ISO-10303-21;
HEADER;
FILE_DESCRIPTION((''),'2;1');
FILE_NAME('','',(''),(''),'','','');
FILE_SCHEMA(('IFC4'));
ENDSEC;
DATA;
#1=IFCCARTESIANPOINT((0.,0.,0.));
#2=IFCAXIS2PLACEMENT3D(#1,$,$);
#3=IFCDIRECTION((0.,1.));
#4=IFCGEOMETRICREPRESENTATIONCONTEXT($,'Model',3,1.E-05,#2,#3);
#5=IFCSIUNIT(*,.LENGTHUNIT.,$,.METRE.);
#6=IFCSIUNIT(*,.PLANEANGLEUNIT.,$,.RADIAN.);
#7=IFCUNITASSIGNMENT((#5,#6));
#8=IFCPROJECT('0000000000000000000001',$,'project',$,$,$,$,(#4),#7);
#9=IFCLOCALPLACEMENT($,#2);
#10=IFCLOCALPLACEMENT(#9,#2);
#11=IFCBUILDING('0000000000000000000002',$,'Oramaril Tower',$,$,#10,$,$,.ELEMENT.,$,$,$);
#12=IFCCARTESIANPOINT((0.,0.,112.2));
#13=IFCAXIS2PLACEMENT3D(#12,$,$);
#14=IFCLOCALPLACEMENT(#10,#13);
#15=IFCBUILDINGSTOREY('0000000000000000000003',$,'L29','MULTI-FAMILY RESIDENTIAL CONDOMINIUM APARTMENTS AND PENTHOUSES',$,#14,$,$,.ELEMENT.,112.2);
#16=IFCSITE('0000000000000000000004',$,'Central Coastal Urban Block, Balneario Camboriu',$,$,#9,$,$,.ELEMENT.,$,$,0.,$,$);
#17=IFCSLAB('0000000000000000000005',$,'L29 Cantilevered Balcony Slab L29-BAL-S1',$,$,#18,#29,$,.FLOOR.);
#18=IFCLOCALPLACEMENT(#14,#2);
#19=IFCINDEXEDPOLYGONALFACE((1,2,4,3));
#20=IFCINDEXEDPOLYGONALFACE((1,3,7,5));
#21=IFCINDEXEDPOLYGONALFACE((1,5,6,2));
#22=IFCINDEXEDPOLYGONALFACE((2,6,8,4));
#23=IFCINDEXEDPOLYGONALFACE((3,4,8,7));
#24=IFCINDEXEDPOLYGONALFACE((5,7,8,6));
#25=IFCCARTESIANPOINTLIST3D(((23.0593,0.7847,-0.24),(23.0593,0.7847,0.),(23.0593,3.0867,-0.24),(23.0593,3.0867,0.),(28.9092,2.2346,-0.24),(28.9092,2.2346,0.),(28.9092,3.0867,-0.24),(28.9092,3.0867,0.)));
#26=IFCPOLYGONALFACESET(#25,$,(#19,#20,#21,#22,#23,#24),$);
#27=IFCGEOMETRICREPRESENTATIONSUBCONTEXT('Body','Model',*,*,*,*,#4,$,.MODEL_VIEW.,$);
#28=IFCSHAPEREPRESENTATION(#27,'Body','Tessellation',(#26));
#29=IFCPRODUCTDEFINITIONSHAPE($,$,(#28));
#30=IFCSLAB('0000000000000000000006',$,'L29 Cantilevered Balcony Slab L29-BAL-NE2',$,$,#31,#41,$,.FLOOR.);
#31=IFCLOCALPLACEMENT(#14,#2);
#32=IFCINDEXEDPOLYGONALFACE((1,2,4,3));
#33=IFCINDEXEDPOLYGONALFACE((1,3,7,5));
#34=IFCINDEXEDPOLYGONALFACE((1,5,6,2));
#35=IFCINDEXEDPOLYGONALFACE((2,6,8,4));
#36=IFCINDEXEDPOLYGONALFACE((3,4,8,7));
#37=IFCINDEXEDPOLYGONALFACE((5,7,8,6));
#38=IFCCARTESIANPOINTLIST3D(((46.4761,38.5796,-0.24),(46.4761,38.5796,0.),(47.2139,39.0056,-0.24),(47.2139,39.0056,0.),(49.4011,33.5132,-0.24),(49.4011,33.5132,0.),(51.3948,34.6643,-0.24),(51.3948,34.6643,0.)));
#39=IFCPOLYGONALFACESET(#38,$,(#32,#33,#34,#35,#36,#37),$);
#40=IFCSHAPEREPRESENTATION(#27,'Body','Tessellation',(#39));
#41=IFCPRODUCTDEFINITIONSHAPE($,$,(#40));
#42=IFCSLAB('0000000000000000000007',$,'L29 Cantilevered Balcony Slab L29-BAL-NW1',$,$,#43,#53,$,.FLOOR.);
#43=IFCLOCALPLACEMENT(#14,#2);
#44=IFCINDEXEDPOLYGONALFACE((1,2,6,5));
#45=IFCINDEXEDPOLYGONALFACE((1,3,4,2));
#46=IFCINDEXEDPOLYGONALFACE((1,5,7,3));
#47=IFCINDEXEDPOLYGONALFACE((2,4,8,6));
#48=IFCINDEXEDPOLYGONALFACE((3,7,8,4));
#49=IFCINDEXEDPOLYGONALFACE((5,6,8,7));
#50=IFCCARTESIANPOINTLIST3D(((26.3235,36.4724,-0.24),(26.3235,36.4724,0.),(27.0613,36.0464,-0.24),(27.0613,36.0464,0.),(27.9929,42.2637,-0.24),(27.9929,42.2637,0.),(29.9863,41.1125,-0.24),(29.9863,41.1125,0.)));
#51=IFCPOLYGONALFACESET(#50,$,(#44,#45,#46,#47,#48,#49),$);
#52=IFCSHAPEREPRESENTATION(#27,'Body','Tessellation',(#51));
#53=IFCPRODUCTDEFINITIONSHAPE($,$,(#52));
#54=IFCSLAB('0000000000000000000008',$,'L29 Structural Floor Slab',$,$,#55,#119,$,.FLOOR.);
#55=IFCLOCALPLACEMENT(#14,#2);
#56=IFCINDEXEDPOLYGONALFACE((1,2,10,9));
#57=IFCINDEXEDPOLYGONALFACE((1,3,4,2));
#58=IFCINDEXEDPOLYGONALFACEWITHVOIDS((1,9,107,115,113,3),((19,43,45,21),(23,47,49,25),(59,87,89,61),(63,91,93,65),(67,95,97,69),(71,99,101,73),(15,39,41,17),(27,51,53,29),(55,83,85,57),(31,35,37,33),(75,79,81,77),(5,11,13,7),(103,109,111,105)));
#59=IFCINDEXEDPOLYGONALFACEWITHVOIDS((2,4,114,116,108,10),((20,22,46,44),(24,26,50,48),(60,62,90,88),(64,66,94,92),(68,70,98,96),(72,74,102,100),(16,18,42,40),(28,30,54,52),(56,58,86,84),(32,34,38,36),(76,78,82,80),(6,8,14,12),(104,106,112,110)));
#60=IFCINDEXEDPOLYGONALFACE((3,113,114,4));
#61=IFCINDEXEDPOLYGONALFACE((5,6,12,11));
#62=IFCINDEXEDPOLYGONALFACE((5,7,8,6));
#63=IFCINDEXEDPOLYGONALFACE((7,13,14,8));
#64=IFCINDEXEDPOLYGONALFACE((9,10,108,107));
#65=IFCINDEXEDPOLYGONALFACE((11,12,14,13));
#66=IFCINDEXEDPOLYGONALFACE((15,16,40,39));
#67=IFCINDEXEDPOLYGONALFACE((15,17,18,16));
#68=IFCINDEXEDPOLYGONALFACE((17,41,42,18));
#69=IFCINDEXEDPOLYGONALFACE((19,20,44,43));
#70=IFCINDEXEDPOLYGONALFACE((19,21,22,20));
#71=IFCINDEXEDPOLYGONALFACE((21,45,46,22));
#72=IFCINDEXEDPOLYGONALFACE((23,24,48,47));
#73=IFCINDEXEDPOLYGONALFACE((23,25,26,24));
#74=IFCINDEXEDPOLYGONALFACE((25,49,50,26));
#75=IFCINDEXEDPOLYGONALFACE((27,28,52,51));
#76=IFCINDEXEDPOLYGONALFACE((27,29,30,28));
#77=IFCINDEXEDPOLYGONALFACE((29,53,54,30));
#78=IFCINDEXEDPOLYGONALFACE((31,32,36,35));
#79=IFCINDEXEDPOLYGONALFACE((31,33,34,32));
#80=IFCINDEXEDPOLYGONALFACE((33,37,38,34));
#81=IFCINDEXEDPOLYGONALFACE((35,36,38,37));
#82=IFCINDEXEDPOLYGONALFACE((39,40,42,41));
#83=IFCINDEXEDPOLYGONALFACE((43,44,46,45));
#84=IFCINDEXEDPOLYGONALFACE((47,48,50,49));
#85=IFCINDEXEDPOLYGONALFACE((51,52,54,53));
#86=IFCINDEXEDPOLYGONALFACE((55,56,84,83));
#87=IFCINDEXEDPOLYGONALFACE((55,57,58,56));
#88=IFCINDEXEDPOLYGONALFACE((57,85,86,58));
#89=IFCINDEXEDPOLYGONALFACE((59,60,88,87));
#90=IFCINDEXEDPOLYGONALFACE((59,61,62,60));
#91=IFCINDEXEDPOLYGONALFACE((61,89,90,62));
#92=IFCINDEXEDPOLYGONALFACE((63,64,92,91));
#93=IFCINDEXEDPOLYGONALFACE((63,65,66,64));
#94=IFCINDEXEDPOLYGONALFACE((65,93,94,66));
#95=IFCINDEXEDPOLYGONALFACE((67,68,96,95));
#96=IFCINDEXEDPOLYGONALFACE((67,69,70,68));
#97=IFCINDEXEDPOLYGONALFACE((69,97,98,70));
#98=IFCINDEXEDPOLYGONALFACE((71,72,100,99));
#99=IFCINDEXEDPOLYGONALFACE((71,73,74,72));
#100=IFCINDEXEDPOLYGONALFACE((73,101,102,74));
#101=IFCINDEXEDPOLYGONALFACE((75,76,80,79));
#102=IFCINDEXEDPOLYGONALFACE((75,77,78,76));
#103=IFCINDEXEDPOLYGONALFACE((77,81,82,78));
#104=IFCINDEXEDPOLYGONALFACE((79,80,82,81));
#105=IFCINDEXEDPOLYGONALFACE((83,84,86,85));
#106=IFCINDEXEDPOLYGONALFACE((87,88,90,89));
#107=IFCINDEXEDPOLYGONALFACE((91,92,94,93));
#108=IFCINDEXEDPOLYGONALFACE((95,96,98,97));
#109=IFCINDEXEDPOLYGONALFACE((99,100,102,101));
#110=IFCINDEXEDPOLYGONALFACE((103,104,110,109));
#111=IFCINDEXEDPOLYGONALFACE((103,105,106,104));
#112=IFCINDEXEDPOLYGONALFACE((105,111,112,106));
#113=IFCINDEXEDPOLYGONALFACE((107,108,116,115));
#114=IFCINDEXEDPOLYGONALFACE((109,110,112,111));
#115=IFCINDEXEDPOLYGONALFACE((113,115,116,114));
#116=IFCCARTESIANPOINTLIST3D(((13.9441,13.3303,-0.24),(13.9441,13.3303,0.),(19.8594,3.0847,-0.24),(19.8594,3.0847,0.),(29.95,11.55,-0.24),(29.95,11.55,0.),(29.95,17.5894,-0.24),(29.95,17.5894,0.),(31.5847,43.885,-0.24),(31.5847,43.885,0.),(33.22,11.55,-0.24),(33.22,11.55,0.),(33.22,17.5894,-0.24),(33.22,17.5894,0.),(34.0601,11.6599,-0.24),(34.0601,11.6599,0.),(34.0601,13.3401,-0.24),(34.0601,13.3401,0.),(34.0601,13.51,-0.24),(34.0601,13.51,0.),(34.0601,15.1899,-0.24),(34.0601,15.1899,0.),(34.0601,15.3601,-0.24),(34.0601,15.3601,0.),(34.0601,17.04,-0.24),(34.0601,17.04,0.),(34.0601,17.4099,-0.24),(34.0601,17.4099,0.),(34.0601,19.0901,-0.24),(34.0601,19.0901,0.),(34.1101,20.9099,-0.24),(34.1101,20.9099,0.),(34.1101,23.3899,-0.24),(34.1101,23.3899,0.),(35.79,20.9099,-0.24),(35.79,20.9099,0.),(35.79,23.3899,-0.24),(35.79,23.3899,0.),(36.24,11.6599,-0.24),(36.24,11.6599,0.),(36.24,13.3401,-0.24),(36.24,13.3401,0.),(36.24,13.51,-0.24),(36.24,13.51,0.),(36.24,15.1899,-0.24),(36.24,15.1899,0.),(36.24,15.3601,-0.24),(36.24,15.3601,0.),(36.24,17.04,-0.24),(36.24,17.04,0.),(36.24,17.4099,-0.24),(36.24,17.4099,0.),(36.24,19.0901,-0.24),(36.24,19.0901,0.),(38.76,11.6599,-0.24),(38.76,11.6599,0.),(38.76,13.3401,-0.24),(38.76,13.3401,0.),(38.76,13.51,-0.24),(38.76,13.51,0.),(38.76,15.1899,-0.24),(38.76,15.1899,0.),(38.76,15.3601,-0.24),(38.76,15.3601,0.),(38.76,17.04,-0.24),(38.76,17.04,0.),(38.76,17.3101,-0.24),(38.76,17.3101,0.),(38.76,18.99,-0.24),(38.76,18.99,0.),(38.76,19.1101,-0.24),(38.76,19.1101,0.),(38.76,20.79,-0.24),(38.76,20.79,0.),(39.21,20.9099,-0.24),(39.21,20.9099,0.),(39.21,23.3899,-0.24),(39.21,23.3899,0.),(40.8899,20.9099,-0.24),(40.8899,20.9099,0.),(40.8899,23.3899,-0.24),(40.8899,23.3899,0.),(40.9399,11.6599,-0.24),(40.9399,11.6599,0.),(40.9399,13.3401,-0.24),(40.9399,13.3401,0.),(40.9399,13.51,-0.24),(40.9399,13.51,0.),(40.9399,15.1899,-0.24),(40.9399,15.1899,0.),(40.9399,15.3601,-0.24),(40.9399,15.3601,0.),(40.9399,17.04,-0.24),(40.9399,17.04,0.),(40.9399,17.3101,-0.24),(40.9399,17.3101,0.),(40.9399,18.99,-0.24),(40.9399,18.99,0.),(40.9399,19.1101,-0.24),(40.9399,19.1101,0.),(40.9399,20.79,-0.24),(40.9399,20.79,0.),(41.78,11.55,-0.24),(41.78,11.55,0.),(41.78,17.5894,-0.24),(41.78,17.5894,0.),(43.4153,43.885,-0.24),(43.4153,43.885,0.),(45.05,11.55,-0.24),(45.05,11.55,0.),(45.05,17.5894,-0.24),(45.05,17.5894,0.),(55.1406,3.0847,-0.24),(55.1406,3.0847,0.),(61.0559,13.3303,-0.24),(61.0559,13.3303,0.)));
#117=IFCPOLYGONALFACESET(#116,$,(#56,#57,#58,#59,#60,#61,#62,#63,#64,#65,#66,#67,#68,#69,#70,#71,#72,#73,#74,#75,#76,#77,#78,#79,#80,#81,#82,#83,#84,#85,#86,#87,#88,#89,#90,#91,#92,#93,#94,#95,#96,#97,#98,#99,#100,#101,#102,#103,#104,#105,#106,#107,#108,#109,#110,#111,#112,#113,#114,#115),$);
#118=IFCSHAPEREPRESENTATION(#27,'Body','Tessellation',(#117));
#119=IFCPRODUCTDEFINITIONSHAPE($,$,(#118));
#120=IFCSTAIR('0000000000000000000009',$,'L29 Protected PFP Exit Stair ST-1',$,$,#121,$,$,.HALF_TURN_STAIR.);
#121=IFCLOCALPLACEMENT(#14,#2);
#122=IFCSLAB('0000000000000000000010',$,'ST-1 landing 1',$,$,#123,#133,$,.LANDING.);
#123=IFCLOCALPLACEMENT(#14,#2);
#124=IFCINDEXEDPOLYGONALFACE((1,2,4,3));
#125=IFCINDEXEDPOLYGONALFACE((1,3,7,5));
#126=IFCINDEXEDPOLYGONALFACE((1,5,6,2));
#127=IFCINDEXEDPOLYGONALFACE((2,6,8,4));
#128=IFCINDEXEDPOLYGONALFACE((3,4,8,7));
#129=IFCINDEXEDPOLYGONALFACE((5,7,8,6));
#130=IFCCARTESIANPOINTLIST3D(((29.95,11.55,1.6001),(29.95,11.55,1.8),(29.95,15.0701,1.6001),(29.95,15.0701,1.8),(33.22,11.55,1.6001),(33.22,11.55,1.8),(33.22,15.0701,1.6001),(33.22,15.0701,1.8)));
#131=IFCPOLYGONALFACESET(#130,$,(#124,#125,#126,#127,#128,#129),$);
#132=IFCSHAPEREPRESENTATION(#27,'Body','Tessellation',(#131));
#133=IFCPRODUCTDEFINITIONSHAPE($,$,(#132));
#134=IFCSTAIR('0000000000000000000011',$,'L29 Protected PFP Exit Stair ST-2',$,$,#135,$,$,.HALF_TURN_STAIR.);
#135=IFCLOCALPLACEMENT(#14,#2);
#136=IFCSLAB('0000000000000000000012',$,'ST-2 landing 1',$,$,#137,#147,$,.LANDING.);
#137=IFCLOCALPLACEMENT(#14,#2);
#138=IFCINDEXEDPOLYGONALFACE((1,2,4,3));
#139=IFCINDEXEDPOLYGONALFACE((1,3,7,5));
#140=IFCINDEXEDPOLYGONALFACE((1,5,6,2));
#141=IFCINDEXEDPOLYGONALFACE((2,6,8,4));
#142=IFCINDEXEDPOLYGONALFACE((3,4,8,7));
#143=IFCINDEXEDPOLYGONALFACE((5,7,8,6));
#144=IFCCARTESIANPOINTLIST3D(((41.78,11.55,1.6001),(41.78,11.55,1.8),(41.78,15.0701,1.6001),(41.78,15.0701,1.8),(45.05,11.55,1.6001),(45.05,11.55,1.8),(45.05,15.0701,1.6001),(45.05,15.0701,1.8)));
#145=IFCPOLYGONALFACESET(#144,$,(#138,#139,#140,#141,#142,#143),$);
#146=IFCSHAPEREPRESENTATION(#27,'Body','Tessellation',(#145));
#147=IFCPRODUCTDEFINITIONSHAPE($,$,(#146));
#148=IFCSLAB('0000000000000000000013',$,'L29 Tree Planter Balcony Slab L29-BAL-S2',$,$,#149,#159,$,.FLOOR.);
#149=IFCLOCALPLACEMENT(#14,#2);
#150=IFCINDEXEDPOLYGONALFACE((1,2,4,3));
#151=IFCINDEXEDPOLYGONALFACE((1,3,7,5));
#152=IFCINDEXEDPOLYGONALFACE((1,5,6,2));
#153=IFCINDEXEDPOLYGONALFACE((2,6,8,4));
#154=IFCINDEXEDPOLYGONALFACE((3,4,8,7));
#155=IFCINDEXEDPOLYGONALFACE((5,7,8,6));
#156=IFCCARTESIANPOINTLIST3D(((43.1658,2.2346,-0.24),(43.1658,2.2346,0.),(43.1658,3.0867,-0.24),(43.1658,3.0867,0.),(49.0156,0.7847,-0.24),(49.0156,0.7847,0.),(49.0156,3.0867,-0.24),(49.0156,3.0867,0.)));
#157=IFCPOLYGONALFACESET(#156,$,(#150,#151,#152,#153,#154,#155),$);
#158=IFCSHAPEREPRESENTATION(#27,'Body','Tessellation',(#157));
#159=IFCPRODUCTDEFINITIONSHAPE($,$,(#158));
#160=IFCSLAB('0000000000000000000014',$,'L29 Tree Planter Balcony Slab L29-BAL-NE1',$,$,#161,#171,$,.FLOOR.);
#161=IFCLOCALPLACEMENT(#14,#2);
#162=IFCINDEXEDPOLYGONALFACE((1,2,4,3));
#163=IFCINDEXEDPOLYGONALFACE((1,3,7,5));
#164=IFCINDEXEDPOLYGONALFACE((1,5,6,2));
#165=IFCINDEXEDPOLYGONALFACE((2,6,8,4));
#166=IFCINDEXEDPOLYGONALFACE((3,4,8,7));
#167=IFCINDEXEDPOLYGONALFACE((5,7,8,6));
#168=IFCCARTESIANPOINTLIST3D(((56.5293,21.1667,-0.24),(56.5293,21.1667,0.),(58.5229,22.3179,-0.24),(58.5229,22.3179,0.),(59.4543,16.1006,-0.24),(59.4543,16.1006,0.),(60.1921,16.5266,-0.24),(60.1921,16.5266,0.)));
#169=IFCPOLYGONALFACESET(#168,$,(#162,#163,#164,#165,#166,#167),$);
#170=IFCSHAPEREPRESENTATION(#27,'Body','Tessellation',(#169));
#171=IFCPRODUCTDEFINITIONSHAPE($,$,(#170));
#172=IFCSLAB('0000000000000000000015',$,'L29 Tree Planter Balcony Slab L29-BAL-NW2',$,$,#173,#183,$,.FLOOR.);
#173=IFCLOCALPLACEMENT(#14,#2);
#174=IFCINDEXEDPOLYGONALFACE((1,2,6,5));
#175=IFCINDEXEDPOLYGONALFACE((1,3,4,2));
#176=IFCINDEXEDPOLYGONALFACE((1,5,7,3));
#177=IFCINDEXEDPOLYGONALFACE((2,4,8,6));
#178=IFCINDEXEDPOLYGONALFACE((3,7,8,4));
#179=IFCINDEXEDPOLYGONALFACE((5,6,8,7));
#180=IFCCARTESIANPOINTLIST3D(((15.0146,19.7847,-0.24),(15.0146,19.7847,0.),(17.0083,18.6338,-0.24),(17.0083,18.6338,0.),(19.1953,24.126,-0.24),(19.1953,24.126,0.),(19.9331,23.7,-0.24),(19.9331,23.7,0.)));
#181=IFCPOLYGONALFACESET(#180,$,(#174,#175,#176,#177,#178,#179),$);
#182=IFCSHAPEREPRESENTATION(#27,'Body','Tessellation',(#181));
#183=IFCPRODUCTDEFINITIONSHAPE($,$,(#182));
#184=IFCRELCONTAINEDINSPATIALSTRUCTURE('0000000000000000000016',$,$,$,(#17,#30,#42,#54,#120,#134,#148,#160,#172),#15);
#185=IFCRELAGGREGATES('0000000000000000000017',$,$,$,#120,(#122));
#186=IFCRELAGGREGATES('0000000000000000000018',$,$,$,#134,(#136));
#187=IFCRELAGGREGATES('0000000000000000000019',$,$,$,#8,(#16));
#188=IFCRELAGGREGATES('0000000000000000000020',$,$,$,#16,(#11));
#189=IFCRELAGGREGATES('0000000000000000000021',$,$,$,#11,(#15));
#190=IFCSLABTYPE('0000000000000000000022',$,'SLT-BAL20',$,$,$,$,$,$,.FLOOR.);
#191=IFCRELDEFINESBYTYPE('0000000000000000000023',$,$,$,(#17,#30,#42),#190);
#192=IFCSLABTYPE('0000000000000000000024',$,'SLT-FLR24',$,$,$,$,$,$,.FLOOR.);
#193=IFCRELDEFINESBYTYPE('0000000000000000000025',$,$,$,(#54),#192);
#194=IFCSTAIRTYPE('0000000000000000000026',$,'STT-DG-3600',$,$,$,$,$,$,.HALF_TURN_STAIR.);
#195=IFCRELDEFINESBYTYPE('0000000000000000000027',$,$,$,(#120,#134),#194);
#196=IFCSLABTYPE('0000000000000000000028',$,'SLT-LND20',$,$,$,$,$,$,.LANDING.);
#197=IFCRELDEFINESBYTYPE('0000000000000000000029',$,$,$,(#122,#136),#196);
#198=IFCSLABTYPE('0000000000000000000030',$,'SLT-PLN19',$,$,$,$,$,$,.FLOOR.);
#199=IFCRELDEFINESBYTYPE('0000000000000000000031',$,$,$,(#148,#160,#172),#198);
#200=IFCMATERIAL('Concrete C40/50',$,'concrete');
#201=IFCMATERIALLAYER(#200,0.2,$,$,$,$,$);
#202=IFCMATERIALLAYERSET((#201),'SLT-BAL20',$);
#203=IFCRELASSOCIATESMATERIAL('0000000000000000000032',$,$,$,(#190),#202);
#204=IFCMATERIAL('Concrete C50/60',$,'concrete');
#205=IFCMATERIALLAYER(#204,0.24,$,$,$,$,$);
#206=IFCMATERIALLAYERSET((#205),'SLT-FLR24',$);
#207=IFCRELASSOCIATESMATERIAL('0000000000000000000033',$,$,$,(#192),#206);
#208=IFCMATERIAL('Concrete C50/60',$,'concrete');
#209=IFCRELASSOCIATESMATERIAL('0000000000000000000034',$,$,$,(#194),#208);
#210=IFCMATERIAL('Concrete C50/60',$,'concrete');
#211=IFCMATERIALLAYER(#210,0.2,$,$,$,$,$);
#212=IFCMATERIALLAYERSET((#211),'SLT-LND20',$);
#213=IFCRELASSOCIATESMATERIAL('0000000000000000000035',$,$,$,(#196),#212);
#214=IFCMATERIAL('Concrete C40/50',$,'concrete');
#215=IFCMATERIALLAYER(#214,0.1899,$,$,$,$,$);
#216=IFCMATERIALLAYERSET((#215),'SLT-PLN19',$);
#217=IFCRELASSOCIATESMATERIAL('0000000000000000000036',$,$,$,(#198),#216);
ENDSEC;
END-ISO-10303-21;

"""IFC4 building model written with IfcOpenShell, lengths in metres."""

from ifc_helpers import new_model, si_unit, direction, frame, origin, place, context, subcontext, project, spatial, polyline, outline, extrude, material, layer, layer_set, type_object, element, aggregate, save


model = new_model("IFC4")

# Units and contexts
model_context = context("Model", 3, precision=1e-05, world=origin(), true_north=direction((0.0, 1.0)))
body_context = subcontext(model_context, "Body", "Model", "MODEL_VIEW")
ifc_project = project(units=[si_unit("LENGTHUNIT", "METRE"), si_unit("PLANEANGLEUNIT", "RADIAN")], contexts=[model_context])

# Site, building, storey
site_placement = place(None, origin())
site = spatial("IfcSite", under=ifc_project, at=site_placement, Name="Central Coastal Urban Block, Balneario Camboriu", CompositionType="ELEMENT", RefElevation=0.0)
building_placement = place(site_placement, origin())
building = spatial("IfcBuilding", under=site, at=building_placement, Name="Oramaril Tower", CompositionType="ELEMENT")
storey_placement = place(building_placement, frame((0.0, 0.0, 112.2)))
storey = spatial("IfcBuildingStorey", under=building, at=storey_placement, Name="L29", Description="MULTI-FAMILY RESIDENTIAL CONDOMINIUM APARTMENTS AND PENTHOUSES", CompositionType="ELEMENT", Elevation=112.2)

# Slabs
ifc_material_1 = material(Name="Concrete C40/50", Category="concrete")
ifc_layer_1 = layer(ifc_material_1, 0.2)
ifc_layer_set_1 = layer_set([ifc_layer_1], Name="SLT-BAL20")
slab_type_1 = type_object("IfcSlabType", Name="SLT-BAL20", PredefinedType="FLOOR", material=ifc_layer_set_1)
slab_1_placement = place(storey_placement, frame((0.0, 0.0, -0.24)))
element("IfcSlab", 1, at=slab_1_placement, inside=storey, type_object=slab_type_1, Name="L29 Cantilevered Balcony Slab L29-BAL-S1", PredefinedType="FLOOR", context=body_context, shape_type="SweptSolid", body=[
    extrude(outline(polyline([(23.0593, 3.0867), (28.9092, 3.0867), (28.9092, 2.2346), (23.0593, 0.7847), (23.0593, 3.0867)])), origin(), (0.0, 0.0, 1.0), 0.24),
])
slab_2_placement = place(storey_placement, frame((0.0, 0.0, -0.24)))
element("IfcSlab", 2, at=slab_2_placement, inside=storey, type_object=slab_type_1, Name="L29 Cantilevered Balcony Slab L29-BAL-NE2", PredefinedType="FLOOR", context=body_context, shape_type="SweptSolid", body=[
    extrude(outline(polyline([(49.4011, 33.5132), (46.4761, 38.5796), (47.2139, 39.0056), (51.3948, 34.6643), (49.4011, 33.5132)])), origin(), (0.0, 0.0, 1.0), 0.24),
])
slab_3_placement = place(storey_placement, frame((0.0, 0.0, -0.24)))
element("IfcSlab", 3, at=slab_3_placement, inside=storey, type_object=slab_type_1, Name="L29 Cantilevered Balcony Slab L29-BAL-NW1", PredefinedType="FLOOR", context=body_context, shape_type="SweptSolid", body=[
    extrude(outline(polyline([(29.9863, 41.1125), (27.0613, 36.0464), (26.3235, 36.4724), (27.9929, 42.2637), (29.9863, 41.1125)])), origin(), (0.0, 0.0, 1.0), 0.24),
])
ifc_material_2 = material(Name="Concrete C50/60", Category="concrete")
ifc_layer_2 = layer(ifc_material_2, 0.24)
ifc_layer_set_2 = layer_set([ifc_layer_2], Name="SLT-FLR24")
slab_type_2 = type_object("IfcSlabType", Name="SLT-FLR24", PredefinedType="FLOOR", material=ifc_layer_set_2)
slab_4_placement = place(storey_placement, frame((0.0, 0.0, -0.24)))
element("IfcSlab", 4, at=slab_4_placement, inside=storey, type_object=slab_type_2, Name="L29 Structural Floor Slab", PredefinedType="FLOOR", context=body_context, shape_type="SweptSolid", body=[
    extrude(outline(polyline([(13.9441, 13.3303), (19.8594, 3.0847), (55.1406, 3.0847), (61.0559, 13.3303), (43.4153, 43.885), (31.5847, 43.885), (13.9441, 13.3303)]), holes=[polyline([(29.95, 17.5894), (29.95, 11.55), (33.22, 11.55), (33.22, 17.5894), (29.95, 17.5894)]), polyline([(41.78, 17.5894), (41.78, 11.55), (45.05, 11.55), (45.05, 17.5894), (41.78, 17.5894)]), polyline([(34.1101, 20.9099), (35.79, 20.9099), (35.79, 23.3899), (34.1101, 23.3899), (34.1101, 20.9099)]), polyline([(39.21, 20.9099), (40.8899, 20.9099), (40.8899, 23.3899), (39.21, 23.3899), (39.21, 20.9099)]), polyline([(34.0601, 11.6599), (36.24, 11.6599), (36.24, 13.3401), (34.0601, 13.3401), (34.0601, 11.6599)]), polyline([(34.0601, 13.51), (36.24, 13.51), (36.24, 15.1899), (34.0601, 15.1899), (34.0601, 13.51)]), polyline([(34.0601, 15.3601), (36.24, 15.3601), (36.24, 17.04), (34.0601, 17.04), (34.0601, 15.3601)]), polyline([(38.76, 11.6599), (40.9399, 11.6599), (40.9399, 13.3401), (38.76, 13.3401), (38.76, 11.6599)]), polyline([(38.76, 13.51), (40.9399, 13.51), (40.9399, 15.1899), (38.76, 15.1899), (38.76, 13.51)]), polyline([(38.76, 15.3601), (40.9399, 15.3601), (40.9399, 17.04), (38.76, 17.04), (38.76, 15.3601)]), polyline([(34.0601, 17.4099), (36.24, 17.4099), (36.24, 19.0901), (34.0601, 19.0901), (34.0601, 17.4099)]), polyline([(38.76, 17.3101), (40.9399, 17.3101), (40.9399, 18.99), (38.76, 18.99), (38.76, 17.3101)]), polyline([(38.76, 19.1101), (40.9399, 19.1101), (40.9399, 20.79), (38.76, 20.79), (38.76, 19.1101)])]), origin(), (0.0, 0.0, 1.0), 0.24),
])

# Stairs, slabs
ifc_material_3 = material(Name="Concrete C50/60", Category="concrete")
stair_type = type_object("IfcStairType", Name="STT-DG-3600", PredefinedType="HALF_TURN_STAIR", material=ifc_material_3)
stair_1_placement = place(storey_placement, origin())
stair_1 = element("IfcStair", 5, at=stair_1_placement, inside=storey, type_object=stair_type, Name="L29 Protected PFP Exit Stair ST-1", PredefinedType="HALF_TURN_STAIR")
ifc_material_4 = material(Name="Concrete C50/60", Category="concrete")
ifc_layer_3 = layer(ifc_material_4, 0.2)
ifc_layer_set_3 = layer_set([ifc_layer_3], Name="SLT-LND20")
slab_type_3 = type_object("IfcSlabType", Name="SLT-LND20", PredefinedType="LANDING", material=ifc_layer_set_3)
slab_5_placement = place(storey_placement, frame((0.0, 0.0, 1.6001)))
slab_5 = element("IfcSlab", 6, at=slab_5_placement, type_object=slab_type_3, Name="ST-1 landing 1", PredefinedType="LANDING", context=body_context, shape_type="SweptSolid", body=[
    extrude(outline(polyline([(29.95, 15.0701), (29.95, 11.55), (33.22, 11.55), (33.22, 15.0701), (29.95, 15.0701)])), origin(), (0.0, 0.0, 1.0), 0.2),
])
aggregate(stair_1, [slab_5])
stair_2_placement = place(storey_placement, origin())
stair_2 = element("IfcStair", 7, at=stair_2_placement, inside=storey, type_object=stair_type, Name="L29 Protected PFP Exit Stair ST-2", PredefinedType="HALF_TURN_STAIR")
slab_6_placement = place(storey_placement, frame((0.0, 0.0, 1.6001)))
slab_6 = element("IfcSlab", 8, at=slab_6_placement, type_object=slab_type_3, Name="ST-2 landing 1", PredefinedType="LANDING", context=body_context, shape_type="SweptSolid", body=[
    extrude(outline(polyline([(41.78, 15.0701), (41.78, 11.55), (45.05, 11.55), (45.05, 15.0701), (41.78, 15.0701)])), origin(), (0.0, 0.0, 1.0), 0.2),
])
aggregate(stair_2, [slab_6])

# Slabs
ifc_material_5 = material(Name="Concrete C40/50", Category="concrete")
ifc_layer_4 = layer(ifc_material_5, 0.1899)
ifc_layer_set_4 = layer_set([ifc_layer_4], Name="SLT-PLN19")
slab_type_4 = type_object("IfcSlabType", Name="SLT-PLN19", PredefinedType="FLOOR", material=ifc_layer_set_4)
slab_7_placement = place(storey_placement, frame((0.0, 0.0, -0.24)))
element("IfcSlab", 9, at=slab_7_placement, inside=storey, type_object=slab_type_4, Name="L29 Tree Planter Balcony Slab L29-BAL-S2", PredefinedType="FLOOR", context=body_context, shape_type="SweptSolid", body=[
    extrude(outline(polyline([(43.1658, 3.0867), (49.0156, 3.0867), (49.0156, 0.7847), (43.1658, 2.2346), (43.1658, 3.0867)])), origin(), (0.0, 0.0, 1.0), 0.24),
])
slab_8_placement = place(storey_placement, frame((0.0, 0.0, -0.24)))
element("IfcSlab", 10, at=slab_8_placement, inside=storey, type_object=slab_type_4, Name="L29 Tree Planter Balcony Slab L29-BAL-NE1", PredefinedType="FLOOR", context=body_context, shape_type="SweptSolid", body=[
    extrude(outline(polyline([(59.4543, 16.1006), (56.5293, 21.1667), (58.5229, 22.3179), (60.1921, 16.5266), (59.4543, 16.1006)])), origin(), (0.0, 0.0, 1.0), 0.24),
])
slab_9_placement = place(storey_placement, frame((0.0, 0.0, -0.24)))
element("IfcSlab", 11, at=slab_9_placement, inside=storey, type_object=slab_type_4, Name="L29 Tree Planter Balcony Slab L29-BAL-NW2", PredefinedType="FLOOR", context=body_context, shape_type="SweptSolid", body=[
    extrude(outline(polyline([(19.9331, 23.7), (17.0083, 18.6338), (15.0146, 19.7847), (19.1953, 24.126), (19.9331, 23.7)])), origin(), (0.0, 0.0, 1.0), 0.24),
])

save(model, "model.ifc")
